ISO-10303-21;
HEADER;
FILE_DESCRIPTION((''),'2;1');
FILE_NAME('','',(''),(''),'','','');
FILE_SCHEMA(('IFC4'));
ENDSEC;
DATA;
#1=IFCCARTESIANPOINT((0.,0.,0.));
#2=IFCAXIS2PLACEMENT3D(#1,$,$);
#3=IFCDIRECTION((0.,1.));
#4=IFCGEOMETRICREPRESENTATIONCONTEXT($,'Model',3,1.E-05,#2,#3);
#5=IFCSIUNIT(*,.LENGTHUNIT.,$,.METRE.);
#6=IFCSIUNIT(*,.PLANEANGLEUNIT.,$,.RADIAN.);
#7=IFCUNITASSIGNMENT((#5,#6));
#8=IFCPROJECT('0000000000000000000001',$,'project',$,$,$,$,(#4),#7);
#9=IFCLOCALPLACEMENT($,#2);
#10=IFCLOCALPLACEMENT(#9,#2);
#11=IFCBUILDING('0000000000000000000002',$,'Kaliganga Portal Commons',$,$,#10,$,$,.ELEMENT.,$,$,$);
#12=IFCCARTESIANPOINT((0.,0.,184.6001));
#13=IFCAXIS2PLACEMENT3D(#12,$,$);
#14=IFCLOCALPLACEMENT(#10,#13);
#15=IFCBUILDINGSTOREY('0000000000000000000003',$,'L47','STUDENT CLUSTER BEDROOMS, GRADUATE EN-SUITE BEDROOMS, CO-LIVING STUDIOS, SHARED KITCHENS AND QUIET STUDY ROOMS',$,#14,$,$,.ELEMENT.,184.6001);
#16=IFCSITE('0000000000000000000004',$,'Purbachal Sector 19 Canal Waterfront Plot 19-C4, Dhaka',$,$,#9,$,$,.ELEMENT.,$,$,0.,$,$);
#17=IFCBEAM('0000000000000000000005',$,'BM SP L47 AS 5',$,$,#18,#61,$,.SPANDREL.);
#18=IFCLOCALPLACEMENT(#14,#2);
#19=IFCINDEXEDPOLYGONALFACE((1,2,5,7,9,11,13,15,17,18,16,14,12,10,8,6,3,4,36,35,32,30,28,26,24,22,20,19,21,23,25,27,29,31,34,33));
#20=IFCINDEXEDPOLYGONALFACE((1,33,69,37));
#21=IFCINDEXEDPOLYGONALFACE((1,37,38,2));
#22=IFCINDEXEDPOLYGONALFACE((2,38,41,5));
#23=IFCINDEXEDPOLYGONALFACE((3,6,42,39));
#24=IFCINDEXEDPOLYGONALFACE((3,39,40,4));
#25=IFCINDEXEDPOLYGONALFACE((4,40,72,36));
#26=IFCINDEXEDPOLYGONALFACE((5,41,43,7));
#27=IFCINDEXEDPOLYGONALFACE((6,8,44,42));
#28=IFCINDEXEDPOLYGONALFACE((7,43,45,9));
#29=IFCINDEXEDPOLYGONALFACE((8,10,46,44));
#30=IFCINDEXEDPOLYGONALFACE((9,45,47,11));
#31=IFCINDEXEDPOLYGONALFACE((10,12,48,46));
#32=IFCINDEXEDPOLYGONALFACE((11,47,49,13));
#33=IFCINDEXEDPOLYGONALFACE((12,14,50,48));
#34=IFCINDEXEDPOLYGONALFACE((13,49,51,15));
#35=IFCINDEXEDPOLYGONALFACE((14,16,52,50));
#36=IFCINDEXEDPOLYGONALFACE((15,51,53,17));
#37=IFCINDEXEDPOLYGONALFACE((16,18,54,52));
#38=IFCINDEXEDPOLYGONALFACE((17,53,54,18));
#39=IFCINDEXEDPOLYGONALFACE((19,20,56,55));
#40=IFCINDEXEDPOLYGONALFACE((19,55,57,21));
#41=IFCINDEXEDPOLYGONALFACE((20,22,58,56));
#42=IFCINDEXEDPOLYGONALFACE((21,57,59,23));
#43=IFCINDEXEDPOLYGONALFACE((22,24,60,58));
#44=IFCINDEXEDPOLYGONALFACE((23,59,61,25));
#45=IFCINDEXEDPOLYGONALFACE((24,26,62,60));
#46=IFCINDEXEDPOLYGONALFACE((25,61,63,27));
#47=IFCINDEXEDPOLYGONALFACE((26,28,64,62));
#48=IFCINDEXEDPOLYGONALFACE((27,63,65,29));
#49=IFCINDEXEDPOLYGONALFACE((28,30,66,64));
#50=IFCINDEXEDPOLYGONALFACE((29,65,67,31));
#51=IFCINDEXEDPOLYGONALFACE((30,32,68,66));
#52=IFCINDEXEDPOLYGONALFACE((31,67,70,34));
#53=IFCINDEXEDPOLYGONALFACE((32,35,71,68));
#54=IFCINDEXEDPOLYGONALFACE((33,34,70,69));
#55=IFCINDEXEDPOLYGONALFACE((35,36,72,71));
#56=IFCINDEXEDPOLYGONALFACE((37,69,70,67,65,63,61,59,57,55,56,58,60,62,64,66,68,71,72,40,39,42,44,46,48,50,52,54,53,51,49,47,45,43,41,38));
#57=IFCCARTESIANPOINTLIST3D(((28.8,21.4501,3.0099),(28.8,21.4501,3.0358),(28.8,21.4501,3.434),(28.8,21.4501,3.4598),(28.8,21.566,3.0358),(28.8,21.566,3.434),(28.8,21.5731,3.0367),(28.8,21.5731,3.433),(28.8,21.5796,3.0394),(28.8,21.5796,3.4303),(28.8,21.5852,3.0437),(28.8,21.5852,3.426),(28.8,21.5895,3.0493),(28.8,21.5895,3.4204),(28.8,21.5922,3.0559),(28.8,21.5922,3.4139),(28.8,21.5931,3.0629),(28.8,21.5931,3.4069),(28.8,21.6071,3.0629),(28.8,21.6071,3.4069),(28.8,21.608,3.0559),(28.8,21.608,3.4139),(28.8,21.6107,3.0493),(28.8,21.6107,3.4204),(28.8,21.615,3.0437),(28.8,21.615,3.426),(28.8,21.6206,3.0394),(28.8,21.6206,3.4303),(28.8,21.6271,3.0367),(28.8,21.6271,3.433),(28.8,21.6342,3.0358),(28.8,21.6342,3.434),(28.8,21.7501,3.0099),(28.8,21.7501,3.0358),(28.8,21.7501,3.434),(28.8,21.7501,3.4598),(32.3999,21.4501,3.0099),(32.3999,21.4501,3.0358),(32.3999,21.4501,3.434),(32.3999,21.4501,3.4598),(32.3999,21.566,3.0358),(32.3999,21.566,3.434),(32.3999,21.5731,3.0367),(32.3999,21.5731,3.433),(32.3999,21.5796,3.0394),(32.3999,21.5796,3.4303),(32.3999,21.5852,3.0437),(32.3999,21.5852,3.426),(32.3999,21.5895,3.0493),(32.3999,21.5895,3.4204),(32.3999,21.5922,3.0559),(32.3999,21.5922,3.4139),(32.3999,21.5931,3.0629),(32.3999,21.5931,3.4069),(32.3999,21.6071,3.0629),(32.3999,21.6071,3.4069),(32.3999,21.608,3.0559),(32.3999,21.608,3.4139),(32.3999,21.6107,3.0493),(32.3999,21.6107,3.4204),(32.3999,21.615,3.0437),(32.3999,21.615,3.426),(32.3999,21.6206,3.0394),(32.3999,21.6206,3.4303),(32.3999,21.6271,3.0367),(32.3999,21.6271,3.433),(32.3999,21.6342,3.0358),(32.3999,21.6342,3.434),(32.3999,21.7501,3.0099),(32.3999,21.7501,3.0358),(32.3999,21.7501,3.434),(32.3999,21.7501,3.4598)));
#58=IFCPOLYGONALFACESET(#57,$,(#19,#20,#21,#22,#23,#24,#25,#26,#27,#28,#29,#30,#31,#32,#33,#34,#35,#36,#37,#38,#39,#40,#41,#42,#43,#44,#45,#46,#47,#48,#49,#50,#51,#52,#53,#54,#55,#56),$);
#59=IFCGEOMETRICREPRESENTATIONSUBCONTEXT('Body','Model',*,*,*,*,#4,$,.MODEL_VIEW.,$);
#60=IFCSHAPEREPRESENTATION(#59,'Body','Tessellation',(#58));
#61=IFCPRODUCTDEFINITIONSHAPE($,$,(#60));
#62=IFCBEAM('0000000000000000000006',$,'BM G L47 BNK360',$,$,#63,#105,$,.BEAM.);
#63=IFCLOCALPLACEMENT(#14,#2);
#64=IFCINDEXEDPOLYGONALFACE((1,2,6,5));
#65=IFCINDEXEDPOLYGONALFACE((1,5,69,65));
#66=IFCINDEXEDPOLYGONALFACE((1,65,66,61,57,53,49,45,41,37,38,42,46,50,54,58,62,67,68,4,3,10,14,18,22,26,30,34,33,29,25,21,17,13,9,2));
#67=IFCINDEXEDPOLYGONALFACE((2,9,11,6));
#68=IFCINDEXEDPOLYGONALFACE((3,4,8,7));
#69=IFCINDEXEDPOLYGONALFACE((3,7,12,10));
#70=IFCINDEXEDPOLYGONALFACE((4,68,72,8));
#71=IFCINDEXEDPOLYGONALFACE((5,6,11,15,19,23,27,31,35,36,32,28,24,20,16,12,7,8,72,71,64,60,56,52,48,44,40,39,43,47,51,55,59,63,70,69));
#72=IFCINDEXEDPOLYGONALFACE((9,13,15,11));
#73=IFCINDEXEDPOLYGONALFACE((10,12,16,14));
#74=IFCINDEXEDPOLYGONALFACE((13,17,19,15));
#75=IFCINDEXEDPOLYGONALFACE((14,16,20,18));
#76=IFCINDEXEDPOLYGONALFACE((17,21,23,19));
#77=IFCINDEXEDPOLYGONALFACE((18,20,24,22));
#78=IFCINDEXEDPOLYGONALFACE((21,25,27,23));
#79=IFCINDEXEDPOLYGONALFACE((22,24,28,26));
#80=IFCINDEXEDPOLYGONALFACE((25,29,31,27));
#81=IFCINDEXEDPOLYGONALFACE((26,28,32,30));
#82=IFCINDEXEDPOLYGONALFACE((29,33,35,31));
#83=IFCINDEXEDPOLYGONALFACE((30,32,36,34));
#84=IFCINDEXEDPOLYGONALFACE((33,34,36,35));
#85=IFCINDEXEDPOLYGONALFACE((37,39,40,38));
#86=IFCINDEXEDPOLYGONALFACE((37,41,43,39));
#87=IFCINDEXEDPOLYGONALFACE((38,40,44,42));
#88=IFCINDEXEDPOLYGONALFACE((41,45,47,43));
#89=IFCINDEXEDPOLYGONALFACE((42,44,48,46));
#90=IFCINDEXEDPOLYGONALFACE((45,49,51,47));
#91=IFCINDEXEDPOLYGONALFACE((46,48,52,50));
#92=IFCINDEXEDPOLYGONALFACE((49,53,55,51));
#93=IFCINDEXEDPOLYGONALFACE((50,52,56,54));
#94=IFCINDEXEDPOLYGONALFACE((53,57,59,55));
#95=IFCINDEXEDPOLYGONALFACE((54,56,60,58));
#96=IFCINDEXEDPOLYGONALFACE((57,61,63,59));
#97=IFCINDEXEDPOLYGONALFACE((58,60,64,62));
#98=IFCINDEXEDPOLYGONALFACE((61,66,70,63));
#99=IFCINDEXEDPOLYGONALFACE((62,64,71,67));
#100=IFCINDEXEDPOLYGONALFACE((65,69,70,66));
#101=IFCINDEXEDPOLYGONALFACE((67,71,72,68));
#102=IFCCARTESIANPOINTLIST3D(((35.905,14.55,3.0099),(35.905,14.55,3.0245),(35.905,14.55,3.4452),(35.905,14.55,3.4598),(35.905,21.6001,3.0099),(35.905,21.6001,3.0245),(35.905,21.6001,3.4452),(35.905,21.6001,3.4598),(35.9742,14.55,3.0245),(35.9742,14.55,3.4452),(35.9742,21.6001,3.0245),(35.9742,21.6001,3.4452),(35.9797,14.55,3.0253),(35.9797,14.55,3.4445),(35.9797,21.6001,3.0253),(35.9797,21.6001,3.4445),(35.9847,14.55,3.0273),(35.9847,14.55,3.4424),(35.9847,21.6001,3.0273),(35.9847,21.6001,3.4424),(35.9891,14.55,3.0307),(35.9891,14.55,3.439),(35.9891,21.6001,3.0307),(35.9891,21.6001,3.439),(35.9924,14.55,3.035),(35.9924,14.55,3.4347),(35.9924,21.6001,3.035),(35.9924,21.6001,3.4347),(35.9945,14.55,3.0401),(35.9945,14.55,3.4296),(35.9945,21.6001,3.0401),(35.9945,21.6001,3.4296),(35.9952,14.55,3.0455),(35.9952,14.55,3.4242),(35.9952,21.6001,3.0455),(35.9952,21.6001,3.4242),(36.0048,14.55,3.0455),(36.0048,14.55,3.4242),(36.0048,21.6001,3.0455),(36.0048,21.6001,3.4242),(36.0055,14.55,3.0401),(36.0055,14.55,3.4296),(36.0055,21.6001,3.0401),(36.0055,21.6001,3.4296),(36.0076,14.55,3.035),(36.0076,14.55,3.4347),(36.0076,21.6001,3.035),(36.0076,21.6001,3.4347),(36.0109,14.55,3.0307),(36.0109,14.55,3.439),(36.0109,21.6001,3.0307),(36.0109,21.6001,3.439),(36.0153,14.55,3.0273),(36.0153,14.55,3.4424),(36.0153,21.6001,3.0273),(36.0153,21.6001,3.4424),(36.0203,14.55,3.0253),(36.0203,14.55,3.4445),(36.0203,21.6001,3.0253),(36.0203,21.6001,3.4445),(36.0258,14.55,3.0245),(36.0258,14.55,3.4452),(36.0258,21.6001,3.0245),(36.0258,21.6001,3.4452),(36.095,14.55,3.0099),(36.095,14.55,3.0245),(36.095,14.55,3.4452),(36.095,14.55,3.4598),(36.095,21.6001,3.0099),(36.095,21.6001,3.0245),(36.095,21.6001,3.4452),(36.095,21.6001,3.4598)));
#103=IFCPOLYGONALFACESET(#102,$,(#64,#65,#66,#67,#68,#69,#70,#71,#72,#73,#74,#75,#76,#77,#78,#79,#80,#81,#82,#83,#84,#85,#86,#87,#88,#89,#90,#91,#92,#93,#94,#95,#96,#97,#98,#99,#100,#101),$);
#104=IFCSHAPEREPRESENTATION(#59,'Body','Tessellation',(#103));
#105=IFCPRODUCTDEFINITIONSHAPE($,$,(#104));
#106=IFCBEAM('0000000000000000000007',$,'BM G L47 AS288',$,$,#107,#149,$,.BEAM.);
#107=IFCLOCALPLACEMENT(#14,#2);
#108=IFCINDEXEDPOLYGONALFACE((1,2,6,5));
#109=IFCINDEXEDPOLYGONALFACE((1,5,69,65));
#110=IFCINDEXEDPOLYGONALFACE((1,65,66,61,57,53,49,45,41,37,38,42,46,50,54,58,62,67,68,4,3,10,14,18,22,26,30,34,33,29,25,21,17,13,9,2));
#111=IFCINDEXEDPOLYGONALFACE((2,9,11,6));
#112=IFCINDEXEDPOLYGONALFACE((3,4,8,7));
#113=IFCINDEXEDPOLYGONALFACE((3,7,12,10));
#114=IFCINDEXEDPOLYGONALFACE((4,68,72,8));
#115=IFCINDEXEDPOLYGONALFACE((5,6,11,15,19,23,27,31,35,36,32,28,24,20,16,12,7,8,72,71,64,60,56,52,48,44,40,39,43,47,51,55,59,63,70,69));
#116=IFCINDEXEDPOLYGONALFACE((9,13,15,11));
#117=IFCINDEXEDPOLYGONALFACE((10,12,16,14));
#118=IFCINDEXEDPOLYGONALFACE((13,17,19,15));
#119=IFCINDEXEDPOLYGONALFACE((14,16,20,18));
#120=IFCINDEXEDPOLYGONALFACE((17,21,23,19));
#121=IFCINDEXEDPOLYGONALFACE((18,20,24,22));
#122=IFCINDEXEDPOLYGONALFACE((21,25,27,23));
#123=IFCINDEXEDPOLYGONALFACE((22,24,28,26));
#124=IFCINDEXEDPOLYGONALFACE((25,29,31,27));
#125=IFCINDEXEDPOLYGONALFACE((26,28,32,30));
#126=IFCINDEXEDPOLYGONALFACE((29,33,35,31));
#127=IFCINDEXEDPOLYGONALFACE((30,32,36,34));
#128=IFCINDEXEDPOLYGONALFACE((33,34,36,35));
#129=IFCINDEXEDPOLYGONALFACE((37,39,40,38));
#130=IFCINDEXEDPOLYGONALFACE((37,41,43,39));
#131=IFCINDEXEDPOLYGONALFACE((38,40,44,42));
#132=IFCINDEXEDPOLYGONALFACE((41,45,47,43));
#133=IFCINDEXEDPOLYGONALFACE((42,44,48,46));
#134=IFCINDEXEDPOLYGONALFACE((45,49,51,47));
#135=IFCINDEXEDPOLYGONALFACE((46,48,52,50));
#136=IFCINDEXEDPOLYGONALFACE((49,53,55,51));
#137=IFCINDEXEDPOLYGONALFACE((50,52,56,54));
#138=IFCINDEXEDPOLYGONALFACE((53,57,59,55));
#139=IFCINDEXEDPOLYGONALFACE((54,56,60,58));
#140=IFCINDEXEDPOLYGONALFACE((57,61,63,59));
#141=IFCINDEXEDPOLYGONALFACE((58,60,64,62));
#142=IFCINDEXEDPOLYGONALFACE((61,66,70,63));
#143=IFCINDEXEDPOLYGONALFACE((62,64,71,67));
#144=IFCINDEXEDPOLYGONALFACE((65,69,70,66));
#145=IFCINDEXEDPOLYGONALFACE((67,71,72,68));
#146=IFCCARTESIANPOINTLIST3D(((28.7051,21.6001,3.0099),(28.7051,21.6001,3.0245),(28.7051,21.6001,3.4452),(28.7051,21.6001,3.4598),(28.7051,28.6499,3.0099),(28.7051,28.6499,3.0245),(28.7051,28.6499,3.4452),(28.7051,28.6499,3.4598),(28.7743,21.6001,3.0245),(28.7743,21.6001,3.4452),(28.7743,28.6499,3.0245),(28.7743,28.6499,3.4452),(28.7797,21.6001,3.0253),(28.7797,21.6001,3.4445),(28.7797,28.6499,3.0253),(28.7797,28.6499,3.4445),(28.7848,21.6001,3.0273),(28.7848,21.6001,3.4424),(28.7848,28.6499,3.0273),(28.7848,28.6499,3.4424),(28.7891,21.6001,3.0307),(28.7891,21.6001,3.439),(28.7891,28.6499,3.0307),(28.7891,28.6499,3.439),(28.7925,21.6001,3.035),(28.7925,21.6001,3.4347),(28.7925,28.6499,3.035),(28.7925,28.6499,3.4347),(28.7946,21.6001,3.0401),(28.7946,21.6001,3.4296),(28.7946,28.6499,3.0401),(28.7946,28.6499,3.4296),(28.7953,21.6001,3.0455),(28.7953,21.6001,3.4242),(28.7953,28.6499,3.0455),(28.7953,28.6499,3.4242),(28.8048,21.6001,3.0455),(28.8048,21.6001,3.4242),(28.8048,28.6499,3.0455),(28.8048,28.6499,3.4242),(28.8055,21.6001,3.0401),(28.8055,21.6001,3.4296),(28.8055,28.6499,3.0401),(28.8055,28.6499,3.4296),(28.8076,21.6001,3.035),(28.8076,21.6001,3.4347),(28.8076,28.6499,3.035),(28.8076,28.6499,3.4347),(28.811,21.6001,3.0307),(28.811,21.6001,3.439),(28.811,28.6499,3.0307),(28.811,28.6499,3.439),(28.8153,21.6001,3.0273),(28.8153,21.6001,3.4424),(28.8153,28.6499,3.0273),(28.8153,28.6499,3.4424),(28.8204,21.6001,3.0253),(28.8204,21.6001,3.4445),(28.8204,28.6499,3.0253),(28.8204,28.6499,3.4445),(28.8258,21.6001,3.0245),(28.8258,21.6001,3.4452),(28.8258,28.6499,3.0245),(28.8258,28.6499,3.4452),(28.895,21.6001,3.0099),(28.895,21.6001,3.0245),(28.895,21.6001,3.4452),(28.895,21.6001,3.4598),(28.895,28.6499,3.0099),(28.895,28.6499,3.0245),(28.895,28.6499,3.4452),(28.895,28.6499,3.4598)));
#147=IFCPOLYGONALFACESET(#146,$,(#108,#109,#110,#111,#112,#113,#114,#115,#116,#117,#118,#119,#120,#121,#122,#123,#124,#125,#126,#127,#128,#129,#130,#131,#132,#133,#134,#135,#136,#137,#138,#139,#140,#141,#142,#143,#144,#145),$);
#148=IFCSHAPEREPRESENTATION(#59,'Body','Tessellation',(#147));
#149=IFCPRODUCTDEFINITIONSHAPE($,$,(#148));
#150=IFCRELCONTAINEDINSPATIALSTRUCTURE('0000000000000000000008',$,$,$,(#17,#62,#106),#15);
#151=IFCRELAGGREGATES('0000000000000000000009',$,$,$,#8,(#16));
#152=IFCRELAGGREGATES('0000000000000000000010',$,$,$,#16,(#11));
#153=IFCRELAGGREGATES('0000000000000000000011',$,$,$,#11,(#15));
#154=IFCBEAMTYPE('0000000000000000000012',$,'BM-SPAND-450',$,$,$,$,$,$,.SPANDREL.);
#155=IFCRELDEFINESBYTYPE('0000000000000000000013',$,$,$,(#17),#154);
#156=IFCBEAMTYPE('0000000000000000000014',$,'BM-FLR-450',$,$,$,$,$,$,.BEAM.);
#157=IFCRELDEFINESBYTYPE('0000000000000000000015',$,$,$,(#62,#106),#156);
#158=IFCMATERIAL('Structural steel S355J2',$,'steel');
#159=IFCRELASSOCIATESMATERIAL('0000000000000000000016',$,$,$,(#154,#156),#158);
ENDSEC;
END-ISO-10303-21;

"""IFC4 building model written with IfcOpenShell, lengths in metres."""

from ifc_helpers import new_model, si_unit, direction, frame, origin, origin_2d, place, context, subcontext, project, spatial, i_section, extrude, source, transform, mapped, material, material_profile, profile_set, type_object, element, save


model = new_model("IFC4")

# Units and contexts
model_context = context("Model", 3, precision=1e-05, world=origin(), true_north=direction((0.0, 1.0)))
body_context = subcontext(model_context, "Body", "Model", "MODEL_VIEW")
ifc_project = project(units=[si_unit("LENGTHUNIT", "METRE"), si_unit("PLANEANGLEUNIT", "RADIAN")], contexts=[model_context])

# Site, building, storey
site_placement = place(None, origin())
site = spatial("IfcSite", under=ifc_project, at=site_placement, Name="Purbachal Sector 19 Canal Waterfront Plot 19-C4, Dhaka", CompositionType="ELEMENT", RefElevation=0.0)
building_placement = place(site_placement, origin())
building = spatial("IfcBuilding", under=site, at=building_placement, Name="Kaliganga Portal Commons", CompositionType="ELEMENT")
storey_placement = place(building_placement, frame((0.0, 0.0, 184.6001)))
storey = spatial("IfcBuildingStorey", under=building, at=storey_placement, Name="L47", Description="STUDENT CLUSTER BEDROOMS, GRADUATE EN-SUITE BEDROOMS, CO-LIVING STUDIOS, SHARED KITCHENS AND QUIET STUDY ROOMS", CompositionType="ELEMENT", Elevation=184.6001)

# Beams
ifc_material_1 = material(Name="Structural steel S355J2", Category="steel")
ifc_material_profile_1 = material_profile(ifc_material_1, i_section(OverallWidth=0.3, OverallDepth=0.45, WebThickness=0.0139, FlangeThickness=0.0259, FilletRadius=0.0271, at=origin_2d()), Name="HE 450 B")
ifc_profile_set_1 = profile_set([ifc_material_profile_1], Name="Structural steel S355J2 wide-flange")
beam_type_1 = type_object("IfcBeamType", Name="BM-SPAND-450", PredefinedType="SPANDREL", material=ifc_profile_set_1)
shared_shape_1 = source(origin(), body_context, "Body", "SweptSolid", [
    extrude(i_section(OverallWidth=0.3, OverallDepth=0.45, WebThickness=0.0139, FlangeThickness=0.0259, FilletRadius=0.0271, at=origin_2d()), origin(), (0.0, 0.0, 1.0), 3.5999),
])
beam_1_placement = place(storey_placement, frame((28.8, 21.6001, 3.2349), z_axis=(1.0, 0.0, 0.0), x_axis=(0.0, 1.0, 0.0)))
element("IfcBeam", 1, at=beam_1_placement, inside=storey, type_object=beam_type_1, Name="BM SP L47 AS 5", PredefinedType="SPANDREL", context=body_context, shape_type="MappedRepresentation", body=[
    mapped(shared_shape_1, transform((0.0, 0.0, 0.0), x_axis=(1.0, 0.0, 0.0), y_axis=(0.0, 1.0, 0.0), z_axis=(0.0, 0.0, 1.0), scale=1.0)),
])
ifc_material_profile_2 = material_profile(ifc_material_1, i_section(OverallWidth=0.1899, OverallDepth=0.45, WebThickness=0.0095, FlangeThickness=0.0146, FilletRadius=0.021, at=origin_2d()), Name="IPE 450")
ifc_profile_set_2 = profile_set([ifc_material_profile_2], Name="Structural steel S355J2 wide-flange")
beam_type_2 = type_object("IfcBeamType", Name="BM-FLR-450", PredefinedType="BEAM", material=ifc_profile_set_2)
shared_shape_2 = source(origin(), body_context, "Body", "SweptSolid", [
    extrude(i_section(OverallWidth=0.1899, OverallDepth=0.45, WebThickness=0.0095, FlangeThickness=0.0146, FilletRadius=0.021, at=origin_2d()), origin(), (0.0, 0.0, 1.0), 7.05),
])
beam_2_placement = place(storey_placement, frame((36.0, 14.55, 3.2349), z_axis=(0.0, 1.0, 0.0), x_axis=(-1.0, 0.0, 0.0)))
element("IfcBeam", 2, at=beam_2_placement, inside=storey, type_object=beam_type_2, Name="BM G L47 BNK360", PredefinedType="BEAM", context=body_context, shape_type="MappedRepresentation", body=[
    mapped(shared_shape_2, transform((0.0, 0.0, 0.0), x_axis=(1.0, 0.0, 0.0), y_axis=(0.0, 1.0, 0.0), z_axis=(0.0, 0.0, 1.0), scale=1.0)),
])
shared_shape_3 = source(origin(), body_context, "Body", "SweptSolid", [
    extrude(i_section(OverallWidth=0.1899, OverallDepth=0.45, WebThickness=0.0095, FlangeThickness=0.0146, FilletRadius=0.021, at=origin_2d()), origin(), (0.0, 0.0, 1.0), 7.0498),
])
beam_3_placement = place(storey_placement, frame((28.8, 21.6001, 3.2349), z_axis=(0.0, 1.0, 0.0), x_axis=(-1.0, 0.0, 0.0)))
element("IfcBeam", 3, at=beam_3_placement, inside=storey, type_object=beam_type_2, Name="BM G L47 AS288", PredefinedType="BEAM", context=body_context, shape_type="MappedRepresentation", body=[
    mapped(shared_shape_3, transform((0.0, 0.0, 0.0), x_axis=(1.0, 0.0, 0.0), y_axis=(0.0, 1.0, 0.0), z_axis=(0.0, 0.0, 1.0), scale=1.0)),
])

save(model, "model.ifc")
